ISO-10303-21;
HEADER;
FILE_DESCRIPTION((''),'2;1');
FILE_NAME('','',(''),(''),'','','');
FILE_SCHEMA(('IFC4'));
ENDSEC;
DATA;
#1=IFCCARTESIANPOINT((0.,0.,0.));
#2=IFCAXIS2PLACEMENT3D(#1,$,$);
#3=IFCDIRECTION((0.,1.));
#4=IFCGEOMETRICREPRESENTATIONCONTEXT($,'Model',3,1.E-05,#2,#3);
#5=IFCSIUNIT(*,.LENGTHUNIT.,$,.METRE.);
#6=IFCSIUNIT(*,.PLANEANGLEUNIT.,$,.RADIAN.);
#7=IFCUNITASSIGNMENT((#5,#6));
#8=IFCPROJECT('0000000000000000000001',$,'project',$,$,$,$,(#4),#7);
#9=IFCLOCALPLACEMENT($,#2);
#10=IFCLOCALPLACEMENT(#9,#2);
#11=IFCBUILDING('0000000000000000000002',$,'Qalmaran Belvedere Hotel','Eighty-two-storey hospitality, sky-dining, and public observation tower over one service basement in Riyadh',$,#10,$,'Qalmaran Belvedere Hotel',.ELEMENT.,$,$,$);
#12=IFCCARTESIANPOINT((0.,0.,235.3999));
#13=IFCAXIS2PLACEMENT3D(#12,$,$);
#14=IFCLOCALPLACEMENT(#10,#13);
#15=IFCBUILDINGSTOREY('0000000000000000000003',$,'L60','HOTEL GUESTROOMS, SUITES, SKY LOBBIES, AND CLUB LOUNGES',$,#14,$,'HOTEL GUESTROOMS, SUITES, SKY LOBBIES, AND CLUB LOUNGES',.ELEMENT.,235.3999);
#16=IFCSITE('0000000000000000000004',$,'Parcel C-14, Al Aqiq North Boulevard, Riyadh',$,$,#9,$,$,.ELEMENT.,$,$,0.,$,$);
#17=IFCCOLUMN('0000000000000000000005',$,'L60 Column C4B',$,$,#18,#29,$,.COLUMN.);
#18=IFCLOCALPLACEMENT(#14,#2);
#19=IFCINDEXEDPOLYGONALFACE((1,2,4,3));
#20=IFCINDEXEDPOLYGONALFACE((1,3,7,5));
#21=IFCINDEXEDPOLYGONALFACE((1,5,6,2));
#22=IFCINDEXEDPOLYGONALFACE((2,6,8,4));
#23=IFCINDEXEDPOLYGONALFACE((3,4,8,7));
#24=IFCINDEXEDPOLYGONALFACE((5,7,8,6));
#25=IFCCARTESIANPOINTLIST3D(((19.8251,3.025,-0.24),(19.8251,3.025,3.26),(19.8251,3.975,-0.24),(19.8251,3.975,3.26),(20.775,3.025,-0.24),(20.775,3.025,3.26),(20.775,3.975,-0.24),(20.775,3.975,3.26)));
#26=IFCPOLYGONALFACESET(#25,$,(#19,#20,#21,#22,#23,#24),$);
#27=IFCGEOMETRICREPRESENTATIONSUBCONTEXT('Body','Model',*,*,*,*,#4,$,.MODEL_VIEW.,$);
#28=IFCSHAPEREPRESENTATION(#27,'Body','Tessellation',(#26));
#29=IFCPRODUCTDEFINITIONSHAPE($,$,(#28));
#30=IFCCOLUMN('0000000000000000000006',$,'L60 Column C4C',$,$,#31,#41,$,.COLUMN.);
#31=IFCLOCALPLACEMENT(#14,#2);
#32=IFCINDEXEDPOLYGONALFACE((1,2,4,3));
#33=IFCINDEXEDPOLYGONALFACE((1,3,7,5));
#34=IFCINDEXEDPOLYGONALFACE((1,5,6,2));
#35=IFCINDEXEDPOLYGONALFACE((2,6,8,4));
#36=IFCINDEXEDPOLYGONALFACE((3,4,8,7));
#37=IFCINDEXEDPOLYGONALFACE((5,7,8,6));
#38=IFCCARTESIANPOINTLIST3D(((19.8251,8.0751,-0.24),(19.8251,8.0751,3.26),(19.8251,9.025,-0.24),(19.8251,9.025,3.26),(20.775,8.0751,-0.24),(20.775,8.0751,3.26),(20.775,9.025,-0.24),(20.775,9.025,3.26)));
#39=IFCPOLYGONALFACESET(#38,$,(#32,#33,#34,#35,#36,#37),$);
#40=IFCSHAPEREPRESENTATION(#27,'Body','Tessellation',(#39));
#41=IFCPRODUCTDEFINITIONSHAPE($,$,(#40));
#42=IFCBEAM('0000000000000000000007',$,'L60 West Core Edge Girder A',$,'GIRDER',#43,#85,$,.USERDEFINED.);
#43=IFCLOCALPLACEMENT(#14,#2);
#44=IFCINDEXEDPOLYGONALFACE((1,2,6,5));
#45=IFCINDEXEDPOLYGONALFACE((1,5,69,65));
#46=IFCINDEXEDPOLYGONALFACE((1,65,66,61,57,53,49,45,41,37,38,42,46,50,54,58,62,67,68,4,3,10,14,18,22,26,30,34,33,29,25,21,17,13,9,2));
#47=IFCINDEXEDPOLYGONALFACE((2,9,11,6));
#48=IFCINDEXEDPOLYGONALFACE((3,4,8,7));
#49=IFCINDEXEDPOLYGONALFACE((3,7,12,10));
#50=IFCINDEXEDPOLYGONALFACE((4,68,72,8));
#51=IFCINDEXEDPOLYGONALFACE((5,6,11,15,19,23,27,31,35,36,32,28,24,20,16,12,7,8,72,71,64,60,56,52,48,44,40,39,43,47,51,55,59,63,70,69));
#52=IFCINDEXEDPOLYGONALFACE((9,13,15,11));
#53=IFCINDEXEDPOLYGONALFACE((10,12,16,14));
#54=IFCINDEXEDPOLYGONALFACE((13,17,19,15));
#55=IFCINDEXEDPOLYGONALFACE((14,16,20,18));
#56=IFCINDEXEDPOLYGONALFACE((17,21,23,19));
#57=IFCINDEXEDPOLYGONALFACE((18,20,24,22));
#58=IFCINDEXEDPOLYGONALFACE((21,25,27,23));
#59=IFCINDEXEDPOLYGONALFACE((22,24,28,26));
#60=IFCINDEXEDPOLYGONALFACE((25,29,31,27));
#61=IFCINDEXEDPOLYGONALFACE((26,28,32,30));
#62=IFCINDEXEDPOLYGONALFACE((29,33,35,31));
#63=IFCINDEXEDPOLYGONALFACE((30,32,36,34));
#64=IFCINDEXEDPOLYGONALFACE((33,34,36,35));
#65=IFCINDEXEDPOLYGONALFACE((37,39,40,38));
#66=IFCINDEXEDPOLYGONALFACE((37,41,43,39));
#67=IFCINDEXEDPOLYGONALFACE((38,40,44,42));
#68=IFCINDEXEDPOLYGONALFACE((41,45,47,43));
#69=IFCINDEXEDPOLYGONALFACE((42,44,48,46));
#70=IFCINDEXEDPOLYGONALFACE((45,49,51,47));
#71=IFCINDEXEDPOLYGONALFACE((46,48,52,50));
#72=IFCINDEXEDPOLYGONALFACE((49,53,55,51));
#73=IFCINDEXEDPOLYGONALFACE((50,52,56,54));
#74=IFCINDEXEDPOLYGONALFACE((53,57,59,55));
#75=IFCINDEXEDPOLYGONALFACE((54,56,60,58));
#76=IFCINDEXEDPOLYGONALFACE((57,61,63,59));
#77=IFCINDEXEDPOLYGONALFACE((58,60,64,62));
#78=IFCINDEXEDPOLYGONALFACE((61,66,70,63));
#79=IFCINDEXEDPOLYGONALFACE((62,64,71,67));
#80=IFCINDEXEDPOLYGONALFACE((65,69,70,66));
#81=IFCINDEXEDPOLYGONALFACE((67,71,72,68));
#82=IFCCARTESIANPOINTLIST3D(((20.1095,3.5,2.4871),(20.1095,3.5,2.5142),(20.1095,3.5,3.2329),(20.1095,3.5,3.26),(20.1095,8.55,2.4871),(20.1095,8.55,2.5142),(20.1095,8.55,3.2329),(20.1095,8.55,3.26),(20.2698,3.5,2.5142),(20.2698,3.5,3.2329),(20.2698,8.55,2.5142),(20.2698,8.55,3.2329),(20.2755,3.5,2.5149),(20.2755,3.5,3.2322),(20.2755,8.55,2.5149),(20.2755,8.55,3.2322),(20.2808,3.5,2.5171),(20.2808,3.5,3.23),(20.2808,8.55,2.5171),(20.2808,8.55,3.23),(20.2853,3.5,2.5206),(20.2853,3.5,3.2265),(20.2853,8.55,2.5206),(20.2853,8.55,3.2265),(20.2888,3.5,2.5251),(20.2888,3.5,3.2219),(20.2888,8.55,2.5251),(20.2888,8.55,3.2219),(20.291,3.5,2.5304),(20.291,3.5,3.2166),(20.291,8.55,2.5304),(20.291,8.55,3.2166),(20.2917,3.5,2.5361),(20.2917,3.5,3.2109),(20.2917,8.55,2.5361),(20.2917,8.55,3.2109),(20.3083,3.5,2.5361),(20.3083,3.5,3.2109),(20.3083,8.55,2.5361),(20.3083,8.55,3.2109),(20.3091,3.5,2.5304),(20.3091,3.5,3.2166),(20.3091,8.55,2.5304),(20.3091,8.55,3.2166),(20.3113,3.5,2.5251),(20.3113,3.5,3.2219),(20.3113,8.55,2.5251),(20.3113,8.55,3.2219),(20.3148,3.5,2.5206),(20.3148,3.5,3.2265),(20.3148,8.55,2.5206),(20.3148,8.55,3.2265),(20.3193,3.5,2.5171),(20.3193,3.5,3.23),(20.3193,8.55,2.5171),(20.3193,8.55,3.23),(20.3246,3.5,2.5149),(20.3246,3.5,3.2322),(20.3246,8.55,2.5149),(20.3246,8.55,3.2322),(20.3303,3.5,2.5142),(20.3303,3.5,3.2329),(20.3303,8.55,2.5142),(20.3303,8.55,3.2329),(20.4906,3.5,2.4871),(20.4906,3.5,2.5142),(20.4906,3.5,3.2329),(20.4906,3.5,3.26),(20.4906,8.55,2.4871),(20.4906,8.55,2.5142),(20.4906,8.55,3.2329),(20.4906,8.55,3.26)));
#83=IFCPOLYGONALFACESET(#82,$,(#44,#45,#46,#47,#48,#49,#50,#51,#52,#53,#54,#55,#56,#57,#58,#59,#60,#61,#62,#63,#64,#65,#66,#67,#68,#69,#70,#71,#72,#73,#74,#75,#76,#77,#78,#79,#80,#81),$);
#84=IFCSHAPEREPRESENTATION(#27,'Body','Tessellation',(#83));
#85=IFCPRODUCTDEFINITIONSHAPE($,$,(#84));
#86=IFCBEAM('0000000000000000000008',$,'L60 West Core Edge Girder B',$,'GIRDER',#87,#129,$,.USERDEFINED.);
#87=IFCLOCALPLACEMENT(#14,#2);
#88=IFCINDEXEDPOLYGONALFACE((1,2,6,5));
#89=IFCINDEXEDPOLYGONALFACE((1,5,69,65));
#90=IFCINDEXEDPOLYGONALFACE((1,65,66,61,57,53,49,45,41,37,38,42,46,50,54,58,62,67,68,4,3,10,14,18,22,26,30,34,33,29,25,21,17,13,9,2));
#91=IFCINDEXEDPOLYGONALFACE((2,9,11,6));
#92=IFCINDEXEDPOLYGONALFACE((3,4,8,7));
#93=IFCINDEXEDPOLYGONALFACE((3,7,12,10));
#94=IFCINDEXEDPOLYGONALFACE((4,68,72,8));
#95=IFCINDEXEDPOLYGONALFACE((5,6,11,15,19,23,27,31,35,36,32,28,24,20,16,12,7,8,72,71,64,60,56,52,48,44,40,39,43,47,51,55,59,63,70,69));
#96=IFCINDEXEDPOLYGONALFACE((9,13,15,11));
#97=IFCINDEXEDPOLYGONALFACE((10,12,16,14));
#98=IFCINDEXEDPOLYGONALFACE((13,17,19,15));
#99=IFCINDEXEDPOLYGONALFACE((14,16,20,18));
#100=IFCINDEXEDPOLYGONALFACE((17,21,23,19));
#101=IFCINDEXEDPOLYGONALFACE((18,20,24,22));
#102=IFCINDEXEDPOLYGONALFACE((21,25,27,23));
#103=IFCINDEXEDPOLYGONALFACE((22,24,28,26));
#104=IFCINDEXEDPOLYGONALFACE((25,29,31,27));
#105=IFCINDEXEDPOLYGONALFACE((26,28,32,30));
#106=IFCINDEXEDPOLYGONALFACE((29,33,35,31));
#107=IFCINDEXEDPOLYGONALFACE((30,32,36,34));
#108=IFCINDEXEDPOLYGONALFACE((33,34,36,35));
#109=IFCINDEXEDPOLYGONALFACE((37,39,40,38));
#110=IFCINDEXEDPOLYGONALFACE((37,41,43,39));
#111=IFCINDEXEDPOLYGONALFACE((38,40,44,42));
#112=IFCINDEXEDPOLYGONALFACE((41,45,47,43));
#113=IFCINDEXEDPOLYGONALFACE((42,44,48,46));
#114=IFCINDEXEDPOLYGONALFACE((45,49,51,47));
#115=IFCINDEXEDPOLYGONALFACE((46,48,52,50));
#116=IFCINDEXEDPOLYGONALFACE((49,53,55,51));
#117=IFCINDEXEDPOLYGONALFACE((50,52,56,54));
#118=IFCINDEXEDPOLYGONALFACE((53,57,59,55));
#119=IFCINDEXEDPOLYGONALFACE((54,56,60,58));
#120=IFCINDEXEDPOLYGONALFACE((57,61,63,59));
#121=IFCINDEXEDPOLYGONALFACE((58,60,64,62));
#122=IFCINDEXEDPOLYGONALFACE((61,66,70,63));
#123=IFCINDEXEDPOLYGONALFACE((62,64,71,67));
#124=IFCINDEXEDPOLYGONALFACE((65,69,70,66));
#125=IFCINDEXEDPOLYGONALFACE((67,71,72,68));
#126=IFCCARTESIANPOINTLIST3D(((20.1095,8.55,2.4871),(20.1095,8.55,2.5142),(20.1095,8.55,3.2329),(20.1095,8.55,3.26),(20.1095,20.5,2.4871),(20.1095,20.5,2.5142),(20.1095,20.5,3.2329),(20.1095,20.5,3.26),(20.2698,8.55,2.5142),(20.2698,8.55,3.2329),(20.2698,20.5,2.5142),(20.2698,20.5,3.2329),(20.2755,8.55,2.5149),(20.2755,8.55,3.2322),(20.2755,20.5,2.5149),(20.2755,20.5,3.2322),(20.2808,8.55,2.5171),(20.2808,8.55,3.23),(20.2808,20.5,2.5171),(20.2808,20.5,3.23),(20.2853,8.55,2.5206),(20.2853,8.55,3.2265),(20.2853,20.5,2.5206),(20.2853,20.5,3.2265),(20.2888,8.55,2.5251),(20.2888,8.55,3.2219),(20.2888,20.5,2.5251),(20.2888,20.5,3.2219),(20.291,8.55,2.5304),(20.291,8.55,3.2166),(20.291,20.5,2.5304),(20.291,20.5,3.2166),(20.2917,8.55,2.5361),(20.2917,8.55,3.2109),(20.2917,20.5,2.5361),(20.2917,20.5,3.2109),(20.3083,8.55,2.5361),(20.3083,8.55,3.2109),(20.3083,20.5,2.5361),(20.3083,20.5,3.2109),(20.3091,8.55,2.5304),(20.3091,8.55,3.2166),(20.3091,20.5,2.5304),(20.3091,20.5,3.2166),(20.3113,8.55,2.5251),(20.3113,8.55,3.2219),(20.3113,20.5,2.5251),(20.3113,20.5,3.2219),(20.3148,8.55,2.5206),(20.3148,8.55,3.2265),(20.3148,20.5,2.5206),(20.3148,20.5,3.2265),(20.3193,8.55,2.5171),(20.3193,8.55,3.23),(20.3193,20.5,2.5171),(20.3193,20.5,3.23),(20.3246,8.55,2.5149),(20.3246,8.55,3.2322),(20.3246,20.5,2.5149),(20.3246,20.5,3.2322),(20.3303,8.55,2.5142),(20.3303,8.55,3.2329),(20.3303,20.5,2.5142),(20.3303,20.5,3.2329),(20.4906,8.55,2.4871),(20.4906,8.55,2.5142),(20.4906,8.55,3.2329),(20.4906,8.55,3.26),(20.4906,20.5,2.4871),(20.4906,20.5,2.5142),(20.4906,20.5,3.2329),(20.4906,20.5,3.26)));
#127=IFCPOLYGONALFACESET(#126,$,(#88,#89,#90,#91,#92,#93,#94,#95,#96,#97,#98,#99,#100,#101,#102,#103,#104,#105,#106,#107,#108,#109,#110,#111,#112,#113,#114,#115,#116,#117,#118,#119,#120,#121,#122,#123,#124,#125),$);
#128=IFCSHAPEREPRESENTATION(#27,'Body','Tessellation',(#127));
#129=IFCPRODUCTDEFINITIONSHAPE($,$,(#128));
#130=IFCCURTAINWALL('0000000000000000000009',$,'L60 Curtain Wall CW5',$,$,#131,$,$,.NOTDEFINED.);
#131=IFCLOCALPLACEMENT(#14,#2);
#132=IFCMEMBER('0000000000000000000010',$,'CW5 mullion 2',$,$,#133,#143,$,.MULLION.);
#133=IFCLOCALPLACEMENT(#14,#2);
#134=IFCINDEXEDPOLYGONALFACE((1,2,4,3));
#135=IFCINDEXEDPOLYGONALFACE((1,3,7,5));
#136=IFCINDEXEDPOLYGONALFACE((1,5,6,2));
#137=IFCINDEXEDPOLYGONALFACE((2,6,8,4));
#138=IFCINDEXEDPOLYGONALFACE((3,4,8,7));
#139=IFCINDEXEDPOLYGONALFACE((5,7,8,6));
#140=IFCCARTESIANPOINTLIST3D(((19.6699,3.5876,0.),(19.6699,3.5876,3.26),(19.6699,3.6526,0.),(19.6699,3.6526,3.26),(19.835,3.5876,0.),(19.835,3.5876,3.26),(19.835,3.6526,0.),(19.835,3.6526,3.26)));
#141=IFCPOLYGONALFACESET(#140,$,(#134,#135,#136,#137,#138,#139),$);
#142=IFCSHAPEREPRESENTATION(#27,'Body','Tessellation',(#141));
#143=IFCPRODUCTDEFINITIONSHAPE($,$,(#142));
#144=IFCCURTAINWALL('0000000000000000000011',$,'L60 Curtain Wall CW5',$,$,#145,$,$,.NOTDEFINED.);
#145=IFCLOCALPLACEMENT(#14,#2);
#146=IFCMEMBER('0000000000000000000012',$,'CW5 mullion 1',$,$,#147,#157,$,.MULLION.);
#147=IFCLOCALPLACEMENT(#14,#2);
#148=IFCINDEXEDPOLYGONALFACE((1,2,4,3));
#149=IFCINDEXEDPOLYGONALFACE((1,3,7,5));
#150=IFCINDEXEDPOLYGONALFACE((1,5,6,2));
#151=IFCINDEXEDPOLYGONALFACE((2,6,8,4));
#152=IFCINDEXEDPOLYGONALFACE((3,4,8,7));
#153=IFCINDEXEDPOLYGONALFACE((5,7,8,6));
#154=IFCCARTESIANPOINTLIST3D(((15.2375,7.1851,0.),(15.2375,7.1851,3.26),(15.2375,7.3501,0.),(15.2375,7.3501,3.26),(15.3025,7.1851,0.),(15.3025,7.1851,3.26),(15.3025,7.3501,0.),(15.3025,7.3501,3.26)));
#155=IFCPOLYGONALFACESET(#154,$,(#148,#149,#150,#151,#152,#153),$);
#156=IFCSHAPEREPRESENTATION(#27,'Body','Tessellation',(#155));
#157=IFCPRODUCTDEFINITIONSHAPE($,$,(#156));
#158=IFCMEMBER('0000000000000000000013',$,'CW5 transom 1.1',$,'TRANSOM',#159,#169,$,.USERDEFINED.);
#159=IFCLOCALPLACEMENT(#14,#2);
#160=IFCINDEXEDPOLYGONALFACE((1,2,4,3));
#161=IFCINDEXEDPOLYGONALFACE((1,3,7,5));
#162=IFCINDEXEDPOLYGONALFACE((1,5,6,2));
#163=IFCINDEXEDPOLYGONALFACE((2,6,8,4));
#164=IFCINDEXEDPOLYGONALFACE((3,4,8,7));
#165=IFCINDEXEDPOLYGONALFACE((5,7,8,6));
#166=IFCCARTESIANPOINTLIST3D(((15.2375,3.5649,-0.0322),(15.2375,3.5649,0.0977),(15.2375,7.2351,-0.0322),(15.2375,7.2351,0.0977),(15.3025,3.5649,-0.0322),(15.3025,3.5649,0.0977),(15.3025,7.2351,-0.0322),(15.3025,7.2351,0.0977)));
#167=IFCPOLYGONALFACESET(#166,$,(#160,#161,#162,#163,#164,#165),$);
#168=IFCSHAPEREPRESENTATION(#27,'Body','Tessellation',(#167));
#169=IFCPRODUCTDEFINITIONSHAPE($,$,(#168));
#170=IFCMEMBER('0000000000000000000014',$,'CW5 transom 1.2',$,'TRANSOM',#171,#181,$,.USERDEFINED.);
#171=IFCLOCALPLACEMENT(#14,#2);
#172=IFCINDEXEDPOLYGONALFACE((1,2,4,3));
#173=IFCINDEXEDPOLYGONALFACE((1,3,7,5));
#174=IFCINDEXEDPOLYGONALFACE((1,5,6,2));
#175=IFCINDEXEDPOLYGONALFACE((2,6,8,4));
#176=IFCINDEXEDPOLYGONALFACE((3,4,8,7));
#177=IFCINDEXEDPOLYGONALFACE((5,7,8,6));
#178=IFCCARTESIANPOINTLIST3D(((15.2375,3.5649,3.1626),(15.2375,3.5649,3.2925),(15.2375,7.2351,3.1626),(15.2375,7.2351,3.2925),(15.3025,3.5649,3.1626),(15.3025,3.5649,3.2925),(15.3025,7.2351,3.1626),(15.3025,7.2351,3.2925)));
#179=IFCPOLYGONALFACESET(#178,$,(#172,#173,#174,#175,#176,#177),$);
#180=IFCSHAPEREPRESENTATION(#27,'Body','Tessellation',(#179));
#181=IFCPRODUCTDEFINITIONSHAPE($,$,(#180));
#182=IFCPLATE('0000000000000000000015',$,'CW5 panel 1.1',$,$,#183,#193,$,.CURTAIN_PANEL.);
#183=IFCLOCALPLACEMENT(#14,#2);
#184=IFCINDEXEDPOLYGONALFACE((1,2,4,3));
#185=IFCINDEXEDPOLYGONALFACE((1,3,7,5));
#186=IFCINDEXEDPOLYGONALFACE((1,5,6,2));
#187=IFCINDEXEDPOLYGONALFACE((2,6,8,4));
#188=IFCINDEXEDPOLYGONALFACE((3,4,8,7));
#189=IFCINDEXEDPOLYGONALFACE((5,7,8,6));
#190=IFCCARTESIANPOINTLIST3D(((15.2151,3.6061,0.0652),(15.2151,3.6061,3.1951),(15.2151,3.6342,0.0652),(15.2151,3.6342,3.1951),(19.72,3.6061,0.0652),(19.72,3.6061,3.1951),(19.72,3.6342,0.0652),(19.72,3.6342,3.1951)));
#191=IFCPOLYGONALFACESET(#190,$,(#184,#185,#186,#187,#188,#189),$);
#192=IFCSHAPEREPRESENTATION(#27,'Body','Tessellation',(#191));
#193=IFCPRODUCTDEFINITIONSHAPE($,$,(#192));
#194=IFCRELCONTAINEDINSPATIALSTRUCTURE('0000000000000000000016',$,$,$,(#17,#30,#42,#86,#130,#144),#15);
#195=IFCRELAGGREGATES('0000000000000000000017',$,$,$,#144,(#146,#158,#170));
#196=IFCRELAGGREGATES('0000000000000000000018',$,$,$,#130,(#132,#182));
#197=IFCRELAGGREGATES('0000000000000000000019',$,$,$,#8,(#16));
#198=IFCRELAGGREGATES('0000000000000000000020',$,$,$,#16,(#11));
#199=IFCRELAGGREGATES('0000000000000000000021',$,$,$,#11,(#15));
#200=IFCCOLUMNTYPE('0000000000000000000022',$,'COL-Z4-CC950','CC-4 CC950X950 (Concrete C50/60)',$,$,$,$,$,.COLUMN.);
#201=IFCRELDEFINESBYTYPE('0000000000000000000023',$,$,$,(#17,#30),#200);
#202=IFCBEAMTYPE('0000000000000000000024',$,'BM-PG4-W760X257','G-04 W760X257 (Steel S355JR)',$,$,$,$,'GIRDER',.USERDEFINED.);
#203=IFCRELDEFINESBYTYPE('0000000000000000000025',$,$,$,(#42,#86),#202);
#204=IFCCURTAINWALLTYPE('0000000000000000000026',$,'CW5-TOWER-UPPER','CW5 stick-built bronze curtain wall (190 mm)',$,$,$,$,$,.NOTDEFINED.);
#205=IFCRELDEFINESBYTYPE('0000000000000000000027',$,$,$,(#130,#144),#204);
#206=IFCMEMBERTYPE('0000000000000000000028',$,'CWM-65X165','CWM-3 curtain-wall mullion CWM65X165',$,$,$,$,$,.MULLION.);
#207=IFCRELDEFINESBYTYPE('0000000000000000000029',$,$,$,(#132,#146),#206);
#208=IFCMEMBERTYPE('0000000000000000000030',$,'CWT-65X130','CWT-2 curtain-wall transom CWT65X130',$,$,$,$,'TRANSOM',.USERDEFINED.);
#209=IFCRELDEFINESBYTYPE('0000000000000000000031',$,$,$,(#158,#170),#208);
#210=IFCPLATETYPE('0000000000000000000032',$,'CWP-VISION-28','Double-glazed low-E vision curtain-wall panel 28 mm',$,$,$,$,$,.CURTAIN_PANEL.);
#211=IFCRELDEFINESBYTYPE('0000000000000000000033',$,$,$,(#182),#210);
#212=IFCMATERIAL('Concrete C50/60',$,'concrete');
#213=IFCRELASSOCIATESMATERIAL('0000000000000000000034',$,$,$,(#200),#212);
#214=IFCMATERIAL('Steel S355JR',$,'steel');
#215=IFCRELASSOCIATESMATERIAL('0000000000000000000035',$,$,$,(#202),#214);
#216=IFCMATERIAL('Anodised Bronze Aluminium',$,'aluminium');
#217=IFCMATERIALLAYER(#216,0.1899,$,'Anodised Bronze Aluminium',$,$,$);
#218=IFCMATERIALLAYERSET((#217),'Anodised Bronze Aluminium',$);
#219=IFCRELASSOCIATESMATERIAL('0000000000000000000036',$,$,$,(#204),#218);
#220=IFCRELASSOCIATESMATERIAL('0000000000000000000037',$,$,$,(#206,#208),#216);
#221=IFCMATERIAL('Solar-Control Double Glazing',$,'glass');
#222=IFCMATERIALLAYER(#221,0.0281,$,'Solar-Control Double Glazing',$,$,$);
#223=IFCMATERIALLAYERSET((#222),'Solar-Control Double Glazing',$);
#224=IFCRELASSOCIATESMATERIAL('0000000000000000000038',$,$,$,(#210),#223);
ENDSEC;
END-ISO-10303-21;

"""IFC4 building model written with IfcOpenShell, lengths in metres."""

from ifc_helpers import new_model, si_unit, direction, frame, origin, origin_2d, place, context, subcontext, project, spatial, rectangle, i_section, extrude, material, layer, layer_set, material_profile, profile_set, type_object, element, aggregate, save


model = new_model("IFC4")

# Units and contexts
model_context = context("Model", 3, precision=1e-05, world=origin(), true_north=direction((0.0, 1.0)))
body_context = subcontext(model_context, "Body", "Model", "MODEL_VIEW")
ifc_project = project(units=[si_unit("LENGTHUNIT", "METRE"), si_unit("PLANEANGLEUNIT", "RADIAN")], contexts=[model_context])

# Site, building, storey
site_placement = place(None, origin())
site = spatial("IfcSite", under=ifc_project, at=site_placement, Name="Parcel C-14, Al Aqiq North Boulevard, Riyadh", CompositionType="ELEMENT", RefElevation=0.0)
building_placement = place(site_placement, origin())
building = spatial("IfcBuilding", under=site, at=building_placement, Name="Qalmaran Belvedere Hotel", Description="Eighty-two-storey hospitality, sky-dining, and public observation tower over one service basement in Riyadh", LongName="Qalmaran Belvedere Hotel", CompositionType="ELEMENT")
storey_placement = place(building_placement, frame((0.0, 0.0, 235.3999)))
storey = spatial("IfcBuildingStorey", under=building, at=storey_placement, Name="L60", Description="HOTEL GUESTROOMS, SUITES, SKY LOBBIES, AND CLUB LOUNGES", LongName="HOTEL GUESTROOMS, SUITES, SKY LOBBIES, AND CLUB LOUNGES", CompositionType="ELEMENT", Elevation=235.3999)

# Columns
ifc_material_1 = material(Name="Concrete C50/60", Category="concrete")
ifc_material_profile_1 = material_profile(ifc_material_1, rectangle(XDim=0.95, YDim=0.95, at=origin_2d()), Name="CC950X950")
ifc_profile_set_1 = profile_set([ifc_material_profile_1], Name="Concrete C50/60")
column_type = type_object("IfcColumnType", Name="COL-Z4-CC950", Description="CC-4 CC950X950 (Concrete C50/60)", PredefinedType="COLUMN", material=ifc_profile_set_1)
for number, where, z_axis, x_axis, name in (
    (1, (20.3, 3.5, -0.24), (0.0, 0.0, 1.0), (1.0, 0.0, 0.0), "L60 Column C4B"),
    (2, (20.3, 8.55, -0.24), (0.0, 0.0, 1.0), (1.0, 0.0, 0.0), "L60 Column C4C"),
):
    element("IfcColumn", number, at=place(storey_placement, frame(where, z_axis=z_axis, x_axis=x_axis)), inside=storey, type_object=column_type, Name=name, PredefinedType="COLUMN", context=body_context, shape_type="SweptSolid", body=[
        extrude(rectangle(XDim=0.95, YDim=0.95, at=origin_2d()), origin(), (0.0, 0.0, 1.0), 3.5),
    ])

# Beams
ifc_material_2 = material(Name="Steel S355JR", Category="steel")
ifc_material_profile_2 = material_profile(ifc_material_2, i_section(OverallWidth=0.3811, OverallDepth=0.7729, WebThickness=0.0166, FlangeThickness=0.0271, FilletRadius=0.022, at=origin_2d()), Name="W760X257")
ifc_profile_set_2 = profile_set([ifc_material_profile_2], Name="Steel S355JR")
beam_type = type_object("IfcBeamType", Name="BM-PG4-W760X257", Description="G-04 W760X257 (Steel S355JR)", ElementType="GIRDER", PredefinedType="USERDEFINED", material=ifc_profile_set_2)
beam_1_placement = place(storey_placement, frame((20.3, 3.5, 2.8735), z_axis=(0.0, 1.0, 0.0), x_axis=(-1.0, 0.0, 0.0)))
element("IfcBeam", 3, at=beam_1_placement, inside=storey, type_object=beam_type, Name="L60 West Core Edge Girder A", ObjectType="GIRDER", PredefinedType="USERDEFINED", context=body_context, shape_type="SweptSolid", body=[
    extrude(i_section(OverallWidth=0.3811, OverallDepth=0.7729, WebThickness=0.0166, FlangeThickness=0.0271, FilletRadius=0.022, at=origin_2d()), origin(), (0.0, 0.0, 1.0), 5.05),
])
beam_2_placement = place(storey_placement, frame((20.3, 8.55, 2.8735), z_axis=(0.0, 1.0, 0.0), x_axis=(-1.0, 0.0, 0.0)))
element("IfcBeam", 4, at=beam_2_placement, inside=storey, type_object=beam_type, Name="L60 West Core Edge Girder B", ObjectType="GIRDER", PredefinedType="USERDEFINED", context=body_context, shape_type="SweptSolid", body=[
    extrude(i_section(OverallWidth=0.3811, OverallDepth=0.7729, WebThickness=0.0166, FlangeThickness=0.0271, FilletRadius=0.022, at=origin_2d()), origin(), (0.0, 0.0, 1.0), 11.95),
])

# Curtain wall, member
ifc_material_3 = material(Name="Anodised Bronze Aluminium", Category="aluminium")
ifc_layer_1 = layer(ifc_material_3, 0.1899, Name="Anodised Bronze Aluminium")
ifc_layer_set_1 = layer_set([ifc_layer_1], Name="Anodised Bronze Aluminium")
curtain_wall_type = type_object("IfcCurtainWallType", Name="CW5-TOWER-UPPER", Description="CW5 stick-built bronze curtain wall (190 mm)", PredefinedType="NOTDEFINED", material=ifc_layer_set_1)
curtain_wall_1_placement = place(storey_placement, origin())
curtain_wall_1 = element("IfcCurtainWall", 5, at=curtain_wall_1_placement, inside=storey, type_object=curtain_wall_type, Name="L60 Curtain Wall CW5", PredefinedType="NOTDEFINED")
ifc_material_profile_3 = material_profile(ifc_material_3, rectangle(XDim=0.0649, YDim=0.165, at=origin_2d()), Name="CWM65X165")
ifc_profile_set_3 = profile_set([ifc_material_profile_3], Name="Anodised Bronze Aluminium")
member_type_1 = type_object("IfcMemberType", Name="CWM-65X165", Description="CWM-3 curtain-wall mullion CWM65X165", PredefinedType="MULLION", material=ifc_profile_set_3)
member_1_placement = place(storey_placement, frame((19.7524, 3.6201, 0.0), z_axis=(0.0, 0.0, 1.0), x_axis=(0.0, 1.0, 0.0)))
member_1 = element("IfcMember", 6, at=member_1_placement, type_object=member_type_1, Name="CW5 mullion 2", PredefinedType="MULLION", context=body_context, shape_type="SweptSolid", body=[
    extrude(rectangle(XDim=0.0649, YDim=0.165, at=origin_2d()), origin(), (0.0, 0.0, 1.0), 3.26),
])

# Curtain wall, members
curtain_wall_2_placement = place(storey_placement, origin())
curtain_wall_2 = element("IfcCurtainWall", 7, at=curtain_wall_2_placement, inside=storey, type_object=curtain_wall_type, Name="L60 Curtain Wall CW5", PredefinedType="NOTDEFINED")
member_2_placement = place(storey_placement, frame((15.27, 7.2676, 0.0), z_axis=(0.0, 0.0, 1.0), x_axis=(1.0, 0.0, 0.0)))
member_2 = element("IfcMember", 8, at=member_2_placement, type_object=member_type_1, Name="CW5 mullion 1", PredefinedType="MULLION", context=body_context, shape_type="SweptSolid", body=[
    extrude(rectangle(XDim=0.0649, YDim=0.165, at=origin_2d()), origin(), (0.0, 0.0, 1.0), 3.26),
])
ifc_material_profile_4 = material_profile(ifc_material_3, rectangle(XDim=0.0649, YDim=0.1299, at=origin_2d()), Name="CWT65X130")
ifc_profile_set_4 = profile_set([ifc_material_profile_4], Name="Anodised Bronze Aluminium")
member_type_2 = type_object("IfcMemberType", Name="CWT-65X130", Description="CWT-2 curtain-wall transom CWT65X130", ElementType="TRANSOM", PredefinedType="USERDEFINED", material=ifc_profile_set_4)
member_3_placement = place(storey_placement, frame((15.27, 7.2351, 0.0327), z_axis=(0.0, -1.0, 0.0), x_axis=(1.0, 0.0, 0.0)))
member_3 = element("IfcMember", 9, at=member_3_placement, type_object=member_type_2, Name="CW5 transom 1.1", ObjectType="TRANSOM", PredefinedType="USERDEFINED", context=body_context, shape_type="SweptSolid", body=[
    extrude(rectangle(XDim=0.0649, YDim=0.1299, at=origin_2d()), origin(), (0.0, 0.0, 1.0), 3.6702),
])
member_4_placement = place(storey_placement, frame((15.27, 7.2351, 3.2275), z_axis=(0.0, -1.0, 0.0), x_axis=(1.0, 0.0, 0.0)))
member_4 = element("IfcMember", 10, at=member_4_placement, type_object=member_type_2, Name="CW5 transom 1.2", ObjectType="TRANSOM", PredefinedType="USERDEFINED", context=body_context, shape_type="SweptSolid", body=[
    extrude(rectangle(XDim=0.0649, YDim=0.1299, at=origin_2d()), origin(), (0.0, 0.0, 1.0), 3.6702),
])
aggregate(curtain_wall_2, [member_2, member_3, member_4])

# Plate
ifc_material_4 = material(Name="Solar-Control Double Glazing", Category="glass")
ifc_layer_2 = layer(ifc_material_4, 0.0281, Name="Solar-Control Double Glazing")
ifc_layer_set_2 = layer_set([ifc_layer_2], Name="Solar-Control Double Glazing")
plate_type = type_object("IfcPlateType", Name="CWP-VISION-28", Description="Double-glazed low-E vision curtain-wall panel 28 mm", PredefinedType="CURTAIN_PANEL", material=ifc_layer_set_2)
plate_placement = place(storey_placement, frame((17.4675, 3.6201, 0.0652), z_axis=(0.0, 0.0, 1.0), x_axis=(1.0, 0.0, 0.0)))
plate = element("IfcPlate", 11, at=plate_placement, type_object=plate_type, Name="CW5 panel 1.1", PredefinedType="CURTAIN_PANEL", context=body_context, shape_type="SweptSolid", body=[
    extrude(rectangle(XDim=4.5049, YDim=0.0281, at=origin_2d()), origin(), (0.0, 0.0, 1.0), 3.1299),
])
aggregate(curtain_wall_1, [member_1, plate])

save(model, "model.ifc")
